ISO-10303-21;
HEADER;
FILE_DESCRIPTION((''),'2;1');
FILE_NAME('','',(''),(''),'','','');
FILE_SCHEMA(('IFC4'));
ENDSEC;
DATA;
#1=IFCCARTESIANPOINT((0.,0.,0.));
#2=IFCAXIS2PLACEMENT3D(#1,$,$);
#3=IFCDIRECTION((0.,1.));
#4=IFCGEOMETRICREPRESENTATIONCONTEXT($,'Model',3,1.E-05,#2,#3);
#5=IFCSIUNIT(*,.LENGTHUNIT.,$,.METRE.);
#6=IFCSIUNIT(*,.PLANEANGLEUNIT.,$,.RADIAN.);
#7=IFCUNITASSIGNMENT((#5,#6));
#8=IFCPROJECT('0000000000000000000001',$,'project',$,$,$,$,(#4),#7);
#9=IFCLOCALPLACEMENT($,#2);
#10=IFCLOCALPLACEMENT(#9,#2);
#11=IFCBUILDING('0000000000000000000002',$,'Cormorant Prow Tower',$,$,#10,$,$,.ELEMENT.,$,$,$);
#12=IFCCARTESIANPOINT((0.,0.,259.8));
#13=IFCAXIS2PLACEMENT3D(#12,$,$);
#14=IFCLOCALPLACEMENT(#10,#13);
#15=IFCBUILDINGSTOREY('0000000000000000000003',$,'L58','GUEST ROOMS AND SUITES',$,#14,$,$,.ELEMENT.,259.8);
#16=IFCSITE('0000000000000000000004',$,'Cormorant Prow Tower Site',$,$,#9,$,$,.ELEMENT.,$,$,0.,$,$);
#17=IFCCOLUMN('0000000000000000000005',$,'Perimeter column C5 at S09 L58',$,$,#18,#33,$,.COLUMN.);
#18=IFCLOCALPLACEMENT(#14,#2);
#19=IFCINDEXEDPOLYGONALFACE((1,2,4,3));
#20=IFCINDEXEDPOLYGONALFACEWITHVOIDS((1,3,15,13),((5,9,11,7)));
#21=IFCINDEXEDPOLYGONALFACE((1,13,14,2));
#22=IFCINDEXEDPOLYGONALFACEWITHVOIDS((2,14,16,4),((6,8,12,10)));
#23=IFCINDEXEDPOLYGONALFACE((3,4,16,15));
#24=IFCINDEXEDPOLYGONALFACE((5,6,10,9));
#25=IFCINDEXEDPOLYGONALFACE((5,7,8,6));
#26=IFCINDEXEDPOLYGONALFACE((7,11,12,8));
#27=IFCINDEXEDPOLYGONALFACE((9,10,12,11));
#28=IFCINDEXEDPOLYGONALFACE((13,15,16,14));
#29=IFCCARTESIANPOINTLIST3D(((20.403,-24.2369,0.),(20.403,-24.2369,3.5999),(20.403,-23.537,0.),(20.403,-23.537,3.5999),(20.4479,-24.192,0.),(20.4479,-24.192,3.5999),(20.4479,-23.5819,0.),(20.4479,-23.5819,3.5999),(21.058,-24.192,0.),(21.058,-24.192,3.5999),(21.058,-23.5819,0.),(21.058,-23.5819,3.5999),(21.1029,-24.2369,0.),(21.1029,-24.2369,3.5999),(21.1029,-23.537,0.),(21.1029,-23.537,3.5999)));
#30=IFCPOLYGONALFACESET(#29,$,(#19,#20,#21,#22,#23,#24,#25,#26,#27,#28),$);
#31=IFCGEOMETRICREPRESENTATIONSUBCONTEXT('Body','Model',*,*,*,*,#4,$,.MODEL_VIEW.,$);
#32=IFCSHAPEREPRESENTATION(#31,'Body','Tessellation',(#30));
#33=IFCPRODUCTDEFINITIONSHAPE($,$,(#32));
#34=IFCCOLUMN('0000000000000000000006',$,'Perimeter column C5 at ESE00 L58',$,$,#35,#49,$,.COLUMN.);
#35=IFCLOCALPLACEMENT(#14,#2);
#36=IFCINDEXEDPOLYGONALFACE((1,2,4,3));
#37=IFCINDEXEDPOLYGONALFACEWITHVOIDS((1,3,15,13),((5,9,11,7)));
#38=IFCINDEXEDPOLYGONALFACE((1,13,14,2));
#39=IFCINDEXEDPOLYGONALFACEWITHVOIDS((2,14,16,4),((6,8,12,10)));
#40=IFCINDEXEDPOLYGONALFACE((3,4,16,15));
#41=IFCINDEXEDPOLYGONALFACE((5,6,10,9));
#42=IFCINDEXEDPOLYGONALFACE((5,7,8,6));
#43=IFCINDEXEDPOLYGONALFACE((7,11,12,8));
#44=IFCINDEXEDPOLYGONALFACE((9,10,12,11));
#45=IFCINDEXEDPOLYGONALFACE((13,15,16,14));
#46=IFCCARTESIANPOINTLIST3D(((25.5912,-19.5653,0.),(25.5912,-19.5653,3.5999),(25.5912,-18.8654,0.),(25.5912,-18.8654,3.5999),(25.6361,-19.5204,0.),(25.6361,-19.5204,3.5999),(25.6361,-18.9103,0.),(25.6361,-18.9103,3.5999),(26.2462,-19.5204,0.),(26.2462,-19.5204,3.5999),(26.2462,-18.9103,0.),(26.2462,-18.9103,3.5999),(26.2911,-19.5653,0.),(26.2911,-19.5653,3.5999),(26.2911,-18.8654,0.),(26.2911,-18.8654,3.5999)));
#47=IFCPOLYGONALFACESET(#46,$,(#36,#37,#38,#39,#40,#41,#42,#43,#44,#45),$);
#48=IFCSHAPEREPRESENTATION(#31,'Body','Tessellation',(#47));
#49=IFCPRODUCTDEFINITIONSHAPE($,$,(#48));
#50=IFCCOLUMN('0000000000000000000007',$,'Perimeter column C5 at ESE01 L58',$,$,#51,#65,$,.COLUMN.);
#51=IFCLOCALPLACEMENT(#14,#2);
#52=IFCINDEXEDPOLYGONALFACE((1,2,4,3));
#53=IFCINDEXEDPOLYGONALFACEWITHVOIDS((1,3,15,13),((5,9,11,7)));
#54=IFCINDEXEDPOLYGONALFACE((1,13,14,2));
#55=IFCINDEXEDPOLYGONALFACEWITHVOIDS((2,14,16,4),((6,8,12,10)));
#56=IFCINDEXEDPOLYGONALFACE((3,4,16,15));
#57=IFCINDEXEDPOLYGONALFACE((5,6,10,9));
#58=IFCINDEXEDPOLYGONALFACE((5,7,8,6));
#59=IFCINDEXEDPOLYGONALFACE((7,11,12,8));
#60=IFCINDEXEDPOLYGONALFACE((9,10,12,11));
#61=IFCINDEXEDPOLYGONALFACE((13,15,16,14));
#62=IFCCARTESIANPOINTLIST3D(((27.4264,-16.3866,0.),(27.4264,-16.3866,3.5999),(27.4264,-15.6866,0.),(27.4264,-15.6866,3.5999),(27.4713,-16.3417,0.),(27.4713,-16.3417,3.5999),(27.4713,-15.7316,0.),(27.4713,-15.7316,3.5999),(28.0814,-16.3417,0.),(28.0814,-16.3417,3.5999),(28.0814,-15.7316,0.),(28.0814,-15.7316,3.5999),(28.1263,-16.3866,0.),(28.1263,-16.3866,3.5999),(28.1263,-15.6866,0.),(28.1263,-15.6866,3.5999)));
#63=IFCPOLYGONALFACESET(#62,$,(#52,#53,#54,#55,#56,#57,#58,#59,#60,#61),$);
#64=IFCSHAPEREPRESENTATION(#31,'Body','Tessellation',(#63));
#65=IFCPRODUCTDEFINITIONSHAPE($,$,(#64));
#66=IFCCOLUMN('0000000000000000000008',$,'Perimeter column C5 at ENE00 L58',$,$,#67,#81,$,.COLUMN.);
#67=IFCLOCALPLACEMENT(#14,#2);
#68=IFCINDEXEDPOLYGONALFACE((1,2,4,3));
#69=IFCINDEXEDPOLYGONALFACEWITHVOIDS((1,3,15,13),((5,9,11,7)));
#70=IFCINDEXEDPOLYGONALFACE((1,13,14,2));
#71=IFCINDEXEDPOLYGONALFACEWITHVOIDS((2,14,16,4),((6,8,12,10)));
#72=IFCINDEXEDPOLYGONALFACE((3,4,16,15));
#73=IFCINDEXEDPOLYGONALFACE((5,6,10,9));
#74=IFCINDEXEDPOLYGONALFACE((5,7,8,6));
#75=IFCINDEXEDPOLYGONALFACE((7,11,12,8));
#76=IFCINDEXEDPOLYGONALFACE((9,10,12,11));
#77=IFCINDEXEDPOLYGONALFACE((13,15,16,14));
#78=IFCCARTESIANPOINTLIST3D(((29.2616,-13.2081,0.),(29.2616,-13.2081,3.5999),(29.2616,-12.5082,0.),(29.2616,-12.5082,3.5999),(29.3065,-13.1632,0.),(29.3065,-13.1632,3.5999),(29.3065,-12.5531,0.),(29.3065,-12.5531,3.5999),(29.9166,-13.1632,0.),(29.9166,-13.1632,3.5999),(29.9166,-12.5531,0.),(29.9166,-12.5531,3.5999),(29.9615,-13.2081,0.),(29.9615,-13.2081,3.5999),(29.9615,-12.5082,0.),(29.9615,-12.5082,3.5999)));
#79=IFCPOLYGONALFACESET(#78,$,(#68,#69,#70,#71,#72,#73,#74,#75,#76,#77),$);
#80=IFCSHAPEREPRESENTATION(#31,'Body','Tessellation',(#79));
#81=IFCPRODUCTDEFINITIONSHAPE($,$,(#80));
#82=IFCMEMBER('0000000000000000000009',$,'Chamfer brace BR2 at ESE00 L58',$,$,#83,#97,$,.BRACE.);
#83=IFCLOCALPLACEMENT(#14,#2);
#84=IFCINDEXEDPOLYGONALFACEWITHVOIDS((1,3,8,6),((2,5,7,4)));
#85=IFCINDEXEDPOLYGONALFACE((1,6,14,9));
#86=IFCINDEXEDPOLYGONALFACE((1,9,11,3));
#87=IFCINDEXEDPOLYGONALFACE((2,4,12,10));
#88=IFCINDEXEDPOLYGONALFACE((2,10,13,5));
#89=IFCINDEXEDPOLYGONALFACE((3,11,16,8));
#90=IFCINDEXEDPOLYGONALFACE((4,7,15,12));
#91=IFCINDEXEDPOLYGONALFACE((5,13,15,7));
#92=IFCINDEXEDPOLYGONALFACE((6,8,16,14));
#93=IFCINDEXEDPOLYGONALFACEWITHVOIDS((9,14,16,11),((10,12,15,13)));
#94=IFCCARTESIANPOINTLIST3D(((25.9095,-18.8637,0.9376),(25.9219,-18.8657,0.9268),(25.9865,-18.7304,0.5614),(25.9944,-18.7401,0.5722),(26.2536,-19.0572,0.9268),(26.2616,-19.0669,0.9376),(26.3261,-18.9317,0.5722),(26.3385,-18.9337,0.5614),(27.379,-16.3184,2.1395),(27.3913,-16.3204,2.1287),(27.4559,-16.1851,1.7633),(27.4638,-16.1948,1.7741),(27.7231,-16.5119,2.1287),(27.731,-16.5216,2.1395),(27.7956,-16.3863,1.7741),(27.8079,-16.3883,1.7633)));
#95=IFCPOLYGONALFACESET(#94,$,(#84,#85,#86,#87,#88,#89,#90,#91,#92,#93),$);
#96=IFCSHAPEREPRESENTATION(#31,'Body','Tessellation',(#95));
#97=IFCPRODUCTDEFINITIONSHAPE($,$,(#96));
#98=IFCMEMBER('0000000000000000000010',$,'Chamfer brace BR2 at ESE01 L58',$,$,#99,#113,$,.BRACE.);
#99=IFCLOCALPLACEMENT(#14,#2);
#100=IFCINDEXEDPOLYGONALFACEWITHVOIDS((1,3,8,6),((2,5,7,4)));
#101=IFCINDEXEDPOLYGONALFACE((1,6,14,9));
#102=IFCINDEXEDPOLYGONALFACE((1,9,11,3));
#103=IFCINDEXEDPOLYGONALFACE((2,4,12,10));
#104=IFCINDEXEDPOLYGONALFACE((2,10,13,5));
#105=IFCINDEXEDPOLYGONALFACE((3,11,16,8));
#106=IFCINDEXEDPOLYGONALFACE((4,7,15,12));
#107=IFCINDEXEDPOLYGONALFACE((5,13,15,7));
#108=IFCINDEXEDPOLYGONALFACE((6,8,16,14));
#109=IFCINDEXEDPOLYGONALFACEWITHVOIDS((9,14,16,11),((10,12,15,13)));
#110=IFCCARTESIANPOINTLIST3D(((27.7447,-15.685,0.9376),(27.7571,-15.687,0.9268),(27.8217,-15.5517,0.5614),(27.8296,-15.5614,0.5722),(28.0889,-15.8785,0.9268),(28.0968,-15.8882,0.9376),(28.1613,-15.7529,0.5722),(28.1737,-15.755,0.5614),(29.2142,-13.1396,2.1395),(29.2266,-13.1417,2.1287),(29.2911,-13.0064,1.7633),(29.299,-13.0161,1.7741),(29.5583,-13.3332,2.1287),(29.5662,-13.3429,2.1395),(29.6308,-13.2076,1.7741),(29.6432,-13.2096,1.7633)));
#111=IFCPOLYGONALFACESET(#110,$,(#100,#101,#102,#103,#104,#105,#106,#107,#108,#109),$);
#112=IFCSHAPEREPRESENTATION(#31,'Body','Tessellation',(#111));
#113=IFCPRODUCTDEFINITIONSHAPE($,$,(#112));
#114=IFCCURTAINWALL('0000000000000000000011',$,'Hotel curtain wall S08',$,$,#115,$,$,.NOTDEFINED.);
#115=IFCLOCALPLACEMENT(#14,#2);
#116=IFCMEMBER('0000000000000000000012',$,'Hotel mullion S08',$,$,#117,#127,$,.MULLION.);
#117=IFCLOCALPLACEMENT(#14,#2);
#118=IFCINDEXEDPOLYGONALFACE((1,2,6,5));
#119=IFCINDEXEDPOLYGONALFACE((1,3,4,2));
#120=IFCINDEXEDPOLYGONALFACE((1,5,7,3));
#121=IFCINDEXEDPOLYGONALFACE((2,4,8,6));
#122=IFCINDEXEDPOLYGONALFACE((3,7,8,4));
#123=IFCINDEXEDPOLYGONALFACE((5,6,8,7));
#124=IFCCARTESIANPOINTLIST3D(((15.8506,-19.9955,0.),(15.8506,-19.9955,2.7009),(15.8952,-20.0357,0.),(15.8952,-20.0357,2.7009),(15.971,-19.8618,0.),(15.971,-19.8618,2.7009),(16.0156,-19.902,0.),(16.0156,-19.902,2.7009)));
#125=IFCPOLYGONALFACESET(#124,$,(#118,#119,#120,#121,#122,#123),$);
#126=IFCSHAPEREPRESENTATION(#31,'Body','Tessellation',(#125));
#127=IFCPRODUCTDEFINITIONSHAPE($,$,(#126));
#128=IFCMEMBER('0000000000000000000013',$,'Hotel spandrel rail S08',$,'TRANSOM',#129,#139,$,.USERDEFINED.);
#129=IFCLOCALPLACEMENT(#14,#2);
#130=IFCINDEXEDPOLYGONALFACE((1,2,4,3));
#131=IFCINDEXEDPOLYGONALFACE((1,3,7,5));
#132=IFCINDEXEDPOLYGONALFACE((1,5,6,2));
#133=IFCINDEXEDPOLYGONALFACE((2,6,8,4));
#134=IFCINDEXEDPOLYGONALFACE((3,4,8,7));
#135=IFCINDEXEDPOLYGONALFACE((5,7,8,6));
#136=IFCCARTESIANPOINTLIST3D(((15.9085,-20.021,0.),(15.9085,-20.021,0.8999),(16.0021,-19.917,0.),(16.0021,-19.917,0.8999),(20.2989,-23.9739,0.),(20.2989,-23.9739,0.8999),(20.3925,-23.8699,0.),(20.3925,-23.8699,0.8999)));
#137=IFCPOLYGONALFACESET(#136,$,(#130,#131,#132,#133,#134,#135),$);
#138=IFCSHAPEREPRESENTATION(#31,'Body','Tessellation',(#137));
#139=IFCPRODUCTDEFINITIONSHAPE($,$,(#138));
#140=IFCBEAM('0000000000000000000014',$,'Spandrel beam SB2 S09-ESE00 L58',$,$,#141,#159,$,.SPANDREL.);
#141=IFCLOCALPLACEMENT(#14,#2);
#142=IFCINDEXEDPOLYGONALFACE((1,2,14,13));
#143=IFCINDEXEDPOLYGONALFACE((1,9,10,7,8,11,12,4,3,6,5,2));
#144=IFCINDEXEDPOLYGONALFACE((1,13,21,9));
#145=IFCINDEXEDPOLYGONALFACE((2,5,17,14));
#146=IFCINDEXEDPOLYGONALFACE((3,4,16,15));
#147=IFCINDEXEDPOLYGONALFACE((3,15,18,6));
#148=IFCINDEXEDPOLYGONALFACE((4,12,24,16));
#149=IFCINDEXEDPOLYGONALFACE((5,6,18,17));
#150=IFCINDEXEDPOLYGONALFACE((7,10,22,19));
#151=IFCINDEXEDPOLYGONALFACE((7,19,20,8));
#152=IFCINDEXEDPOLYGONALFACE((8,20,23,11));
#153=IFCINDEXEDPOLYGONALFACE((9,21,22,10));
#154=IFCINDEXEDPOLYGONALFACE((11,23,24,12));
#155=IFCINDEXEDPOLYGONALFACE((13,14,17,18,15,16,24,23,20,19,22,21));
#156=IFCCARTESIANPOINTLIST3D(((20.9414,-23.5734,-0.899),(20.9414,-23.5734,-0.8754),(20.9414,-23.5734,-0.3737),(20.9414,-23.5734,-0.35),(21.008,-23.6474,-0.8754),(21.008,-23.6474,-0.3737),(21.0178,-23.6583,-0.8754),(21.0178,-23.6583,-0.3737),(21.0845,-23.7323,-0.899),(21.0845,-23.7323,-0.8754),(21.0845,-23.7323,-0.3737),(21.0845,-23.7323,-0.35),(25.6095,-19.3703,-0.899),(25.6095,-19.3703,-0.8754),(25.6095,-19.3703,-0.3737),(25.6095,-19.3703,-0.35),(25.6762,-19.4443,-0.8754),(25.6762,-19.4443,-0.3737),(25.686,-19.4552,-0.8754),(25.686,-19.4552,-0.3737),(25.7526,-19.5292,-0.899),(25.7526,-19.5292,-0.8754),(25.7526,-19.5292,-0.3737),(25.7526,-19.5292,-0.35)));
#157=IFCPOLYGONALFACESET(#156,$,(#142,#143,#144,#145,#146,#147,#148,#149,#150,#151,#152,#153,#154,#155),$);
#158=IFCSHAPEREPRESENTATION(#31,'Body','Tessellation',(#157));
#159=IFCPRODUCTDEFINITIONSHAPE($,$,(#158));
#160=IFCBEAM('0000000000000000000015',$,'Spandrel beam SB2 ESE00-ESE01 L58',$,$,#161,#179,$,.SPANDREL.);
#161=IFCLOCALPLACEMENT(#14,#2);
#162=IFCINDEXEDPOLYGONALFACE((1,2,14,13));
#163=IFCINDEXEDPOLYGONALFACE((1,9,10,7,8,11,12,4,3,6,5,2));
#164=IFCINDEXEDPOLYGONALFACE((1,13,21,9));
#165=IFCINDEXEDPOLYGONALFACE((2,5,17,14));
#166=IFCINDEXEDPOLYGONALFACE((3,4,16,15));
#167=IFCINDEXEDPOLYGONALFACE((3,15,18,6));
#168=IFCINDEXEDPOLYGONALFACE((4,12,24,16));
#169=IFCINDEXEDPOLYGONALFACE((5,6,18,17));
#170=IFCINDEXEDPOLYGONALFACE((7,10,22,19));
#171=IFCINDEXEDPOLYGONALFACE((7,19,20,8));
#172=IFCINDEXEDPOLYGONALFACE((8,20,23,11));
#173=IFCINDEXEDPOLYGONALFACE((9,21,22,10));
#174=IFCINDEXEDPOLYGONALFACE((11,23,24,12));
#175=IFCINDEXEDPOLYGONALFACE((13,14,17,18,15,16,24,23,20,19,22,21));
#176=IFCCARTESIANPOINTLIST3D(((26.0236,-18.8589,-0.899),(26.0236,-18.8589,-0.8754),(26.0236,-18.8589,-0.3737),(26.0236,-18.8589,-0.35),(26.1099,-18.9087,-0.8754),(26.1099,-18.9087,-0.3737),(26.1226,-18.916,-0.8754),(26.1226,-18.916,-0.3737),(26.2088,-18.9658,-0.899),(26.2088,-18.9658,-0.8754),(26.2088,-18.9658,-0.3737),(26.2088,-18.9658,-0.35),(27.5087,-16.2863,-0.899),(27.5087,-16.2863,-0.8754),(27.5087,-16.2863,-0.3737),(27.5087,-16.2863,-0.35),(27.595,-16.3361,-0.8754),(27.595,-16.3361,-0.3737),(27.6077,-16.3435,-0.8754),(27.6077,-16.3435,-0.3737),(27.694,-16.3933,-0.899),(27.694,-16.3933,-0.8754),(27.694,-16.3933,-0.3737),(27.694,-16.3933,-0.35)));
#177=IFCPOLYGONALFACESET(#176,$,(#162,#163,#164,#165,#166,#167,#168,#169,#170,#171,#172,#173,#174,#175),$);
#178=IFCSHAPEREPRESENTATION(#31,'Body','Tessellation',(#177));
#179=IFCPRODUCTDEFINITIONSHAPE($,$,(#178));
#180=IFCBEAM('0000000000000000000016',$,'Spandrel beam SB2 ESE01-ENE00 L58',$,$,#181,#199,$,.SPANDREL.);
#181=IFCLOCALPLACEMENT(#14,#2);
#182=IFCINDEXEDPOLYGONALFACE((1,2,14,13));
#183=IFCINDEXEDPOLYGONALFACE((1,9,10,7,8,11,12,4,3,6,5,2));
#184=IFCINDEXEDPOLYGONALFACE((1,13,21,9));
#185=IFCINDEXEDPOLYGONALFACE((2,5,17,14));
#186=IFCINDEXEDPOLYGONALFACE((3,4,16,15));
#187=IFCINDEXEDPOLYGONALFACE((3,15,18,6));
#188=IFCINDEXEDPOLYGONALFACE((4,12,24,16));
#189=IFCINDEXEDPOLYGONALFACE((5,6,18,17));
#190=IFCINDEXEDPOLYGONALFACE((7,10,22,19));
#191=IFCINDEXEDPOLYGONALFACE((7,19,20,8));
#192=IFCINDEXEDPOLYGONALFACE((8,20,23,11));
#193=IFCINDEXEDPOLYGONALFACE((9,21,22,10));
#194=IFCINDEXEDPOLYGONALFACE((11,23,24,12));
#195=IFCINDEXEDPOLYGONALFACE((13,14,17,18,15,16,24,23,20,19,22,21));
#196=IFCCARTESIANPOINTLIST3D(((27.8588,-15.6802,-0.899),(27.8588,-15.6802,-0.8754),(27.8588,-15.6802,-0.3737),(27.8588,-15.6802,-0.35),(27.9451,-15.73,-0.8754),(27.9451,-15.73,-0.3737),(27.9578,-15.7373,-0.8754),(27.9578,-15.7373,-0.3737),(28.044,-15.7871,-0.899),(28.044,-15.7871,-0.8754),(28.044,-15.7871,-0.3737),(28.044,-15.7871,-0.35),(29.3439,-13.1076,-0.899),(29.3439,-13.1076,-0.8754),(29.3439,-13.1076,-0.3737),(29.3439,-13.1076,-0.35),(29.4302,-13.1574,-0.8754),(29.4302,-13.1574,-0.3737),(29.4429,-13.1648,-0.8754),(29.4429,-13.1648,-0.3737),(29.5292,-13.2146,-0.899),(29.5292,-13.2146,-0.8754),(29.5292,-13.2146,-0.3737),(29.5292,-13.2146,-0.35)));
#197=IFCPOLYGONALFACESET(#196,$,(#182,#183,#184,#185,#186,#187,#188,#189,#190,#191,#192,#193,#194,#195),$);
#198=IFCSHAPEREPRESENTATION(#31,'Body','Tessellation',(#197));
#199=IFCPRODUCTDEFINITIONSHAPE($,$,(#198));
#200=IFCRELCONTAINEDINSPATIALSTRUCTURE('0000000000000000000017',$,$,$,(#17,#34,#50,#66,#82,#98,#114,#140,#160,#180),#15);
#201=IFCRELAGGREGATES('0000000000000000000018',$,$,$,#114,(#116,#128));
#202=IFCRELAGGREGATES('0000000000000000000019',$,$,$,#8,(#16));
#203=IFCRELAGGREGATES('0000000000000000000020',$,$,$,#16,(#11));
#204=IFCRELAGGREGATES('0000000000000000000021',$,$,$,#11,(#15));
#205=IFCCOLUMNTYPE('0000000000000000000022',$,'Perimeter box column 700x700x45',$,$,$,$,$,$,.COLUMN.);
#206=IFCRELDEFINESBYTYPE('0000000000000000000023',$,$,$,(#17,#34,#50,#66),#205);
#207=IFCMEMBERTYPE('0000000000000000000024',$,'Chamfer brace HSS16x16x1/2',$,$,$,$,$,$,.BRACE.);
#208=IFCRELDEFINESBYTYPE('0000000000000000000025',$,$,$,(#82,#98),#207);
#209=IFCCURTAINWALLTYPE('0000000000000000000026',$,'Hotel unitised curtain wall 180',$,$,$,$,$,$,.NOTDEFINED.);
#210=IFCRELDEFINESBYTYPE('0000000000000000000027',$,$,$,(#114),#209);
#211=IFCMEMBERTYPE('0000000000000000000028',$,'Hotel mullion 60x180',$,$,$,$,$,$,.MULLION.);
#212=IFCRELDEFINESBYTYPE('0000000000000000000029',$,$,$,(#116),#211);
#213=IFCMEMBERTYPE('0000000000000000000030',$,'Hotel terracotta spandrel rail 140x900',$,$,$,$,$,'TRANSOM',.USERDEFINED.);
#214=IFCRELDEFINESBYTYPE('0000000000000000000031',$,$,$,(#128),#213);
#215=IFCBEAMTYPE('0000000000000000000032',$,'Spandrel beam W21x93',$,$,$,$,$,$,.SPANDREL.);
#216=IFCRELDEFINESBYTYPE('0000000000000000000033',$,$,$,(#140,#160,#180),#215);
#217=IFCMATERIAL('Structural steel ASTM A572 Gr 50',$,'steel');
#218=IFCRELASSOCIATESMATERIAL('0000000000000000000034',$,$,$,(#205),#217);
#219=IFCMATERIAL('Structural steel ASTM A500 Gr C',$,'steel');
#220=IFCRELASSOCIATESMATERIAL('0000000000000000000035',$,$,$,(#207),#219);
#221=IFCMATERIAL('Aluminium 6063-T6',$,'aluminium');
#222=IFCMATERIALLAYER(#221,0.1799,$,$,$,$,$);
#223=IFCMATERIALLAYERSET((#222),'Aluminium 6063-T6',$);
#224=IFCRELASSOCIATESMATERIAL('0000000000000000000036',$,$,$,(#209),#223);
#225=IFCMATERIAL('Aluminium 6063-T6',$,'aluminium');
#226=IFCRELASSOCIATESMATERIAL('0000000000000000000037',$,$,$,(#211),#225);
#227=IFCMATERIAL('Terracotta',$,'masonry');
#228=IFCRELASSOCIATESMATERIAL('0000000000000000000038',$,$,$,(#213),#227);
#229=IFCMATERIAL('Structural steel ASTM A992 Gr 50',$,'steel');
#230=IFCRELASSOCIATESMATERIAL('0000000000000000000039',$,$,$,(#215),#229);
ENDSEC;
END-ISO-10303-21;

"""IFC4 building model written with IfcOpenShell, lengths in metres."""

from ifc_helpers import new_model, si_unit, direction, frame, origin, origin_2d, place, context, subcontext, project, spatial, rectangle, hollow_rectangle, i_section, extrude, material, layer, layer_set, material_profile, profile_set, type_object, element, aggregate, save


model = new_model("IFC4")

# Units and contexts
model_context = context("Model", 3, precision=1e-05, world=origin(), true_north=direction((0.0, 1.0)))
body_context = subcontext(model_context, "Body", "Model", "MODEL_VIEW")
ifc_project = project(units=[si_unit("LENGTHUNIT", "METRE"), si_unit("PLANEANGLEUNIT", "RADIAN")], contexts=[model_context])

# Site, building, storey
site_placement = place(None, origin())
site = spatial("IfcSite", under=ifc_project, at=site_placement, Name="Cormorant Prow Tower Site", CompositionType="ELEMENT", RefElevation=0.0)
building_placement = place(site_placement, origin())
building = spatial("IfcBuilding", under=site, at=building_placement, Name="Cormorant Prow Tower", CompositionType="ELEMENT")
storey_placement = place(building_placement, frame((0.0, 0.0, 259.8)))
storey = spatial("IfcBuildingStorey", under=building, at=storey_placement, Name="L58", Description="GUEST ROOMS AND SUITES", CompositionType="ELEMENT", Elevation=259.8)

# Columns
ifc_material_1 = material(Name="Structural steel ASTM A572 Gr 50", Category="steel")
ifc_material_profile_1 = material_profile(ifc_material_1, hollow_rectangle(XDim=0.7, YDim=0.7, WallThickness=0.0449, at=origin_2d()), Name="Box 700x700x45")
ifc_profile_set_1 = profile_set([ifc_material_profile_1], Name="Structural steel ASTM A572 Gr 50")
column_type = type_object("IfcColumnType", Name="Perimeter box column 700x700x45", PredefinedType="COLUMN", material=ifc_profile_set_1)
for number, where, z_axis, x_axis, name in (
    (1, (20.7529, -23.887, 0.0), (0.0, 0.0, 1.0), (1.0, 0.0, 0.0), "Perimeter column C5 at S09 L58"),
    (2, (25.9412, -19.2153, 0.0), (0.0, 0.0, 1.0), (1.0, 0.0, 0.0), "Perimeter column C5 at ESE00 L58"),
    (3, (27.7764, -16.0366, 0.0), (0.0, 0.0, 1.0), (1.0, 0.0, 0.0), "Perimeter column C5 at ESE01 L58"),
    (4, (29.6116, -12.8582, 0.0), (0.0, 0.0, 1.0), (1.0, 0.0, 0.0), "Perimeter column C5 at ENE00 L58"),
):
    element("IfcColumn", number, at=place(storey_placement, frame(where, z_axis=z_axis, x_axis=x_axis)), inside=storey, type_object=column_type, Name=name, PredefinedType="COLUMN", context=body_context, shape_type="SweptSolid", body=[
        extrude(hollow_rectangle(XDim=0.7, YDim=0.7, WallThickness=0.0449, at=origin_2d()), origin(), (0.0, 0.0, 1.0), 3.5999),
    ])

# Members
ifc_material_2 = material(Name="Structural steel ASTM A500 Gr C", Category="steel")
ifc_material_profile_2 = material_profile(ifc_material_2, hollow_rectangle(XDim=0.4065, YDim=0.4065, WallThickness=0.0117, at=origin_2d()), Name="HSS16x16x1/2")
ifc_profile_set_2 = profile_set([ifc_material_profile_2], Name="Structural steel ASTM A500 Gr C")
member_type_1 = type_object("IfcMemberType", Name="Chamfer brace HSS16x16x1/2", PredefinedType="BRACE", material=ifc_profile_set_2)
for number, where, z_axis, x_axis, name in (
    (5, (26.124, -18.8987, 0.7495), (0.462773, 0.801607, 0.378507), (-0.866042, 0.499972, 0.0), "Chamfer brace BR2 at ESE00 L58"),
    (6, (27.9592, -15.72, 0.7495), (0.462773, 0.801607, 0.378507), (-0.866042, 0.499972, 0.0), "Chamfer brace BR2 at ESE01 L58"),
):
    element("IfcMember", number, at=place(storey_placement, frame(where, z_axis=z_axis, x_axis=x_axis)), inside=storey, type_object=member_type_1, Name=name, PredefinedType="BRACE", context=body_context, shape_type="SweptSolid", body=[
        extrude(hollow_rectangle(XDim=0.4065, YDim=0.4065, WallThickness=0.0117, at=origin_2d()), origin(), (0.0, 0.0, 1.0), 3.1753),
    ])

# Curtain wall, members
ifc_material_3 = material(Name="Aluminium 6063-T6", Category="aluminium")
ifc_layer_1 = layer(ifc_material_3, 0.1799)
ifc_layer_set_1 = layer_set([ifc_layer_1], Name="Aluminium 6063-T6")
curtain_wall_type = type_object("IfcCurtainWallType", Name="Hotel unitised curtain wall 180", PredefinedType="NOTDEFINED", material=ifc_layer_set_1)
curtain_wall_placement = place(storey_placement, origin())
curtain_wall = element("IfcCurtainWall", 7, at=curtain_wall_placement, inside=storey, type_object=curtain_wall_type, Name="Hotel curtain wall S08", PredefinedType="NOTDEFINED")
ifc_material_4 = material(Name="Aluminium 6063-T6", Category="aluminium")
ifc_material_profile_3 = material_profile(ifc_material_4, rectangle(XDim=0.1799, YDim=0.0601, at=origin_2d()), Name="Hotel mullion 60x180")
ifc_profile_set_3 = profile_set([ifc_material_profile_3], Name="Aluminium 6063-T6")
member_type_2 = type_object("IfcMemberType", Name="Hotel mullion 60x180", PredefinedType="MULLION", material=ifc_profile_set_3)
member_1_placement = place(storey_placement, frame((15.9331, -19.9487, 0.0), z_axis=(0.0, 0.0, 1.0), x_axis=(0.669131, 0.743145, 0.0)))
member_1 = element("IfcMember", 8, at=member_1_placement, type_object=member_type_2, Name="Hotel mullion S08", PredefinedType="MULLION", context=body_context, shape_type="SweptSolid", body=[
    extrude(rectangle(XDim=0.1799, YDim=0.0601, at=origin_2d()), origin(), (0.0, 0.0, 1.0), 2.7009),
])
ifc_material_5 = material(Name="Terracotta", Category="masonry")
ifc_material_profile_4 = material_profile(ifc_material_5, rectangle(XDim=0.1399, YDim=0.8999, at=origin_2d()), Name="Hotel terracotta spandrel rail 140x900")
ifc_profile_set_4 = profile_set([ifc_material_profile_4], Name="Terracotta")
member_type_3 = type_object("IfcMemberType", Name="Hotel terracotta spandrel rail 140x900", ElementType="TRANSOM", PredefinedType="USERDEFINED", material=ifc_profile_set_4)
member_2_placement = place(storey_placement, frame((15.9553, -19.969, 0.45), z_axis=(0.743165, -0.669109, 0.0), x_axis=(0.669109, 0.743165, 0.0)))
member_2 = element("IfcMember", 9, at=member_2_placement, type_object=member_type_3, Name="Hotel spandrel rail S08", ObjectType="TRANSOM", PredefinedType="USERDEFINED", context=body_context, shape_type="SweptSolid", body=[
    extrude(rectangle(XDim=0.1399, YDim=0.8999, at=origin_2d()), origin(), (0.0, 0.0, 1.0), 5.9077),
])

# Beams
ifc_material_6 = material(Name="Structural steel ASTM A992 Gr 50", Category="steel")
ifc_material_profile_5 = material_profile(ifc_material_6, i_section(OverallWidth=0.2139, OverallDepth=0.5491, WebThickness=0.0146, FlangeThickness=0.0237, at=origin_2d()), Name="W21x93")
ifc_profile_set_5 = profile_set([ifc_material_profile_5], Name="Structural steel ASTM A992 Gr 50")
beam_type = type_object("IfcBeamType", Name="Spandrel beam W21x93", PredefinedType="SPANDREL", material=ifc_profile_set_5)
beam_placement = place(storey_placement, frame((21.0129, -23.6528, -0.6245), z_axis=(0.743157, 0.669117, 0.0), x_axis=(-0.669117, 0.743157, 0.0)))
element("IfcBeam", 10, at=beam_placement, inside=storey, type_object=beam_type, Name="Spandrel beam SB2 S09-ESE00 L58", PredefinedType="SPANDREL", context=body_context, shape_type="SweptSolid", body=[
    extrude(i_section(OverallWidth=0.2139, OverallDepth=0.5491, WebThickness=0.0146, FlangeThickness=0.0237, at=origin_2d()), origin(), (0.0, 0.0, 1.0), 6.2815),
])
for number, where, z_axis, x_axis, name in (
    (11, (26.1162, -18.9124, -0.6245), (0.499967, 0.866045, 0.0), (-0.866045, 0.499967, 0.0), "Spandrel beam SB2 ESE00-ESE01 L58"),
    (12, (27.9514, -15.7336, -0.6245), (0.499967, 0.866045, 0.0), (-0.866045, 0.499967, 0.0), "Spandrel beam SB2 ESE01-ENE00 L58"),
):
    element("IfcBeam", number, at=place(storey_placement, frame(where, z_axis=z_axis, x_axis=x_axis)), inside=storey, type_object=beam_type, Name=name, PredefinedType="SPANDREL", context=body_context, shape_type="SweptSolid", body=[
        extrude(i_section(OverallWidth=0.2139, OverallDepth=0.5491, WebThickness=0.0146, FlangeThickness=0.0237, at=origin_2d()), origin(), (0.0, 0.0, 1.0), 2.9705),
    ])

aggregate(curtain_wall, [member_1, member_2])

save(model, "model.ifc")
